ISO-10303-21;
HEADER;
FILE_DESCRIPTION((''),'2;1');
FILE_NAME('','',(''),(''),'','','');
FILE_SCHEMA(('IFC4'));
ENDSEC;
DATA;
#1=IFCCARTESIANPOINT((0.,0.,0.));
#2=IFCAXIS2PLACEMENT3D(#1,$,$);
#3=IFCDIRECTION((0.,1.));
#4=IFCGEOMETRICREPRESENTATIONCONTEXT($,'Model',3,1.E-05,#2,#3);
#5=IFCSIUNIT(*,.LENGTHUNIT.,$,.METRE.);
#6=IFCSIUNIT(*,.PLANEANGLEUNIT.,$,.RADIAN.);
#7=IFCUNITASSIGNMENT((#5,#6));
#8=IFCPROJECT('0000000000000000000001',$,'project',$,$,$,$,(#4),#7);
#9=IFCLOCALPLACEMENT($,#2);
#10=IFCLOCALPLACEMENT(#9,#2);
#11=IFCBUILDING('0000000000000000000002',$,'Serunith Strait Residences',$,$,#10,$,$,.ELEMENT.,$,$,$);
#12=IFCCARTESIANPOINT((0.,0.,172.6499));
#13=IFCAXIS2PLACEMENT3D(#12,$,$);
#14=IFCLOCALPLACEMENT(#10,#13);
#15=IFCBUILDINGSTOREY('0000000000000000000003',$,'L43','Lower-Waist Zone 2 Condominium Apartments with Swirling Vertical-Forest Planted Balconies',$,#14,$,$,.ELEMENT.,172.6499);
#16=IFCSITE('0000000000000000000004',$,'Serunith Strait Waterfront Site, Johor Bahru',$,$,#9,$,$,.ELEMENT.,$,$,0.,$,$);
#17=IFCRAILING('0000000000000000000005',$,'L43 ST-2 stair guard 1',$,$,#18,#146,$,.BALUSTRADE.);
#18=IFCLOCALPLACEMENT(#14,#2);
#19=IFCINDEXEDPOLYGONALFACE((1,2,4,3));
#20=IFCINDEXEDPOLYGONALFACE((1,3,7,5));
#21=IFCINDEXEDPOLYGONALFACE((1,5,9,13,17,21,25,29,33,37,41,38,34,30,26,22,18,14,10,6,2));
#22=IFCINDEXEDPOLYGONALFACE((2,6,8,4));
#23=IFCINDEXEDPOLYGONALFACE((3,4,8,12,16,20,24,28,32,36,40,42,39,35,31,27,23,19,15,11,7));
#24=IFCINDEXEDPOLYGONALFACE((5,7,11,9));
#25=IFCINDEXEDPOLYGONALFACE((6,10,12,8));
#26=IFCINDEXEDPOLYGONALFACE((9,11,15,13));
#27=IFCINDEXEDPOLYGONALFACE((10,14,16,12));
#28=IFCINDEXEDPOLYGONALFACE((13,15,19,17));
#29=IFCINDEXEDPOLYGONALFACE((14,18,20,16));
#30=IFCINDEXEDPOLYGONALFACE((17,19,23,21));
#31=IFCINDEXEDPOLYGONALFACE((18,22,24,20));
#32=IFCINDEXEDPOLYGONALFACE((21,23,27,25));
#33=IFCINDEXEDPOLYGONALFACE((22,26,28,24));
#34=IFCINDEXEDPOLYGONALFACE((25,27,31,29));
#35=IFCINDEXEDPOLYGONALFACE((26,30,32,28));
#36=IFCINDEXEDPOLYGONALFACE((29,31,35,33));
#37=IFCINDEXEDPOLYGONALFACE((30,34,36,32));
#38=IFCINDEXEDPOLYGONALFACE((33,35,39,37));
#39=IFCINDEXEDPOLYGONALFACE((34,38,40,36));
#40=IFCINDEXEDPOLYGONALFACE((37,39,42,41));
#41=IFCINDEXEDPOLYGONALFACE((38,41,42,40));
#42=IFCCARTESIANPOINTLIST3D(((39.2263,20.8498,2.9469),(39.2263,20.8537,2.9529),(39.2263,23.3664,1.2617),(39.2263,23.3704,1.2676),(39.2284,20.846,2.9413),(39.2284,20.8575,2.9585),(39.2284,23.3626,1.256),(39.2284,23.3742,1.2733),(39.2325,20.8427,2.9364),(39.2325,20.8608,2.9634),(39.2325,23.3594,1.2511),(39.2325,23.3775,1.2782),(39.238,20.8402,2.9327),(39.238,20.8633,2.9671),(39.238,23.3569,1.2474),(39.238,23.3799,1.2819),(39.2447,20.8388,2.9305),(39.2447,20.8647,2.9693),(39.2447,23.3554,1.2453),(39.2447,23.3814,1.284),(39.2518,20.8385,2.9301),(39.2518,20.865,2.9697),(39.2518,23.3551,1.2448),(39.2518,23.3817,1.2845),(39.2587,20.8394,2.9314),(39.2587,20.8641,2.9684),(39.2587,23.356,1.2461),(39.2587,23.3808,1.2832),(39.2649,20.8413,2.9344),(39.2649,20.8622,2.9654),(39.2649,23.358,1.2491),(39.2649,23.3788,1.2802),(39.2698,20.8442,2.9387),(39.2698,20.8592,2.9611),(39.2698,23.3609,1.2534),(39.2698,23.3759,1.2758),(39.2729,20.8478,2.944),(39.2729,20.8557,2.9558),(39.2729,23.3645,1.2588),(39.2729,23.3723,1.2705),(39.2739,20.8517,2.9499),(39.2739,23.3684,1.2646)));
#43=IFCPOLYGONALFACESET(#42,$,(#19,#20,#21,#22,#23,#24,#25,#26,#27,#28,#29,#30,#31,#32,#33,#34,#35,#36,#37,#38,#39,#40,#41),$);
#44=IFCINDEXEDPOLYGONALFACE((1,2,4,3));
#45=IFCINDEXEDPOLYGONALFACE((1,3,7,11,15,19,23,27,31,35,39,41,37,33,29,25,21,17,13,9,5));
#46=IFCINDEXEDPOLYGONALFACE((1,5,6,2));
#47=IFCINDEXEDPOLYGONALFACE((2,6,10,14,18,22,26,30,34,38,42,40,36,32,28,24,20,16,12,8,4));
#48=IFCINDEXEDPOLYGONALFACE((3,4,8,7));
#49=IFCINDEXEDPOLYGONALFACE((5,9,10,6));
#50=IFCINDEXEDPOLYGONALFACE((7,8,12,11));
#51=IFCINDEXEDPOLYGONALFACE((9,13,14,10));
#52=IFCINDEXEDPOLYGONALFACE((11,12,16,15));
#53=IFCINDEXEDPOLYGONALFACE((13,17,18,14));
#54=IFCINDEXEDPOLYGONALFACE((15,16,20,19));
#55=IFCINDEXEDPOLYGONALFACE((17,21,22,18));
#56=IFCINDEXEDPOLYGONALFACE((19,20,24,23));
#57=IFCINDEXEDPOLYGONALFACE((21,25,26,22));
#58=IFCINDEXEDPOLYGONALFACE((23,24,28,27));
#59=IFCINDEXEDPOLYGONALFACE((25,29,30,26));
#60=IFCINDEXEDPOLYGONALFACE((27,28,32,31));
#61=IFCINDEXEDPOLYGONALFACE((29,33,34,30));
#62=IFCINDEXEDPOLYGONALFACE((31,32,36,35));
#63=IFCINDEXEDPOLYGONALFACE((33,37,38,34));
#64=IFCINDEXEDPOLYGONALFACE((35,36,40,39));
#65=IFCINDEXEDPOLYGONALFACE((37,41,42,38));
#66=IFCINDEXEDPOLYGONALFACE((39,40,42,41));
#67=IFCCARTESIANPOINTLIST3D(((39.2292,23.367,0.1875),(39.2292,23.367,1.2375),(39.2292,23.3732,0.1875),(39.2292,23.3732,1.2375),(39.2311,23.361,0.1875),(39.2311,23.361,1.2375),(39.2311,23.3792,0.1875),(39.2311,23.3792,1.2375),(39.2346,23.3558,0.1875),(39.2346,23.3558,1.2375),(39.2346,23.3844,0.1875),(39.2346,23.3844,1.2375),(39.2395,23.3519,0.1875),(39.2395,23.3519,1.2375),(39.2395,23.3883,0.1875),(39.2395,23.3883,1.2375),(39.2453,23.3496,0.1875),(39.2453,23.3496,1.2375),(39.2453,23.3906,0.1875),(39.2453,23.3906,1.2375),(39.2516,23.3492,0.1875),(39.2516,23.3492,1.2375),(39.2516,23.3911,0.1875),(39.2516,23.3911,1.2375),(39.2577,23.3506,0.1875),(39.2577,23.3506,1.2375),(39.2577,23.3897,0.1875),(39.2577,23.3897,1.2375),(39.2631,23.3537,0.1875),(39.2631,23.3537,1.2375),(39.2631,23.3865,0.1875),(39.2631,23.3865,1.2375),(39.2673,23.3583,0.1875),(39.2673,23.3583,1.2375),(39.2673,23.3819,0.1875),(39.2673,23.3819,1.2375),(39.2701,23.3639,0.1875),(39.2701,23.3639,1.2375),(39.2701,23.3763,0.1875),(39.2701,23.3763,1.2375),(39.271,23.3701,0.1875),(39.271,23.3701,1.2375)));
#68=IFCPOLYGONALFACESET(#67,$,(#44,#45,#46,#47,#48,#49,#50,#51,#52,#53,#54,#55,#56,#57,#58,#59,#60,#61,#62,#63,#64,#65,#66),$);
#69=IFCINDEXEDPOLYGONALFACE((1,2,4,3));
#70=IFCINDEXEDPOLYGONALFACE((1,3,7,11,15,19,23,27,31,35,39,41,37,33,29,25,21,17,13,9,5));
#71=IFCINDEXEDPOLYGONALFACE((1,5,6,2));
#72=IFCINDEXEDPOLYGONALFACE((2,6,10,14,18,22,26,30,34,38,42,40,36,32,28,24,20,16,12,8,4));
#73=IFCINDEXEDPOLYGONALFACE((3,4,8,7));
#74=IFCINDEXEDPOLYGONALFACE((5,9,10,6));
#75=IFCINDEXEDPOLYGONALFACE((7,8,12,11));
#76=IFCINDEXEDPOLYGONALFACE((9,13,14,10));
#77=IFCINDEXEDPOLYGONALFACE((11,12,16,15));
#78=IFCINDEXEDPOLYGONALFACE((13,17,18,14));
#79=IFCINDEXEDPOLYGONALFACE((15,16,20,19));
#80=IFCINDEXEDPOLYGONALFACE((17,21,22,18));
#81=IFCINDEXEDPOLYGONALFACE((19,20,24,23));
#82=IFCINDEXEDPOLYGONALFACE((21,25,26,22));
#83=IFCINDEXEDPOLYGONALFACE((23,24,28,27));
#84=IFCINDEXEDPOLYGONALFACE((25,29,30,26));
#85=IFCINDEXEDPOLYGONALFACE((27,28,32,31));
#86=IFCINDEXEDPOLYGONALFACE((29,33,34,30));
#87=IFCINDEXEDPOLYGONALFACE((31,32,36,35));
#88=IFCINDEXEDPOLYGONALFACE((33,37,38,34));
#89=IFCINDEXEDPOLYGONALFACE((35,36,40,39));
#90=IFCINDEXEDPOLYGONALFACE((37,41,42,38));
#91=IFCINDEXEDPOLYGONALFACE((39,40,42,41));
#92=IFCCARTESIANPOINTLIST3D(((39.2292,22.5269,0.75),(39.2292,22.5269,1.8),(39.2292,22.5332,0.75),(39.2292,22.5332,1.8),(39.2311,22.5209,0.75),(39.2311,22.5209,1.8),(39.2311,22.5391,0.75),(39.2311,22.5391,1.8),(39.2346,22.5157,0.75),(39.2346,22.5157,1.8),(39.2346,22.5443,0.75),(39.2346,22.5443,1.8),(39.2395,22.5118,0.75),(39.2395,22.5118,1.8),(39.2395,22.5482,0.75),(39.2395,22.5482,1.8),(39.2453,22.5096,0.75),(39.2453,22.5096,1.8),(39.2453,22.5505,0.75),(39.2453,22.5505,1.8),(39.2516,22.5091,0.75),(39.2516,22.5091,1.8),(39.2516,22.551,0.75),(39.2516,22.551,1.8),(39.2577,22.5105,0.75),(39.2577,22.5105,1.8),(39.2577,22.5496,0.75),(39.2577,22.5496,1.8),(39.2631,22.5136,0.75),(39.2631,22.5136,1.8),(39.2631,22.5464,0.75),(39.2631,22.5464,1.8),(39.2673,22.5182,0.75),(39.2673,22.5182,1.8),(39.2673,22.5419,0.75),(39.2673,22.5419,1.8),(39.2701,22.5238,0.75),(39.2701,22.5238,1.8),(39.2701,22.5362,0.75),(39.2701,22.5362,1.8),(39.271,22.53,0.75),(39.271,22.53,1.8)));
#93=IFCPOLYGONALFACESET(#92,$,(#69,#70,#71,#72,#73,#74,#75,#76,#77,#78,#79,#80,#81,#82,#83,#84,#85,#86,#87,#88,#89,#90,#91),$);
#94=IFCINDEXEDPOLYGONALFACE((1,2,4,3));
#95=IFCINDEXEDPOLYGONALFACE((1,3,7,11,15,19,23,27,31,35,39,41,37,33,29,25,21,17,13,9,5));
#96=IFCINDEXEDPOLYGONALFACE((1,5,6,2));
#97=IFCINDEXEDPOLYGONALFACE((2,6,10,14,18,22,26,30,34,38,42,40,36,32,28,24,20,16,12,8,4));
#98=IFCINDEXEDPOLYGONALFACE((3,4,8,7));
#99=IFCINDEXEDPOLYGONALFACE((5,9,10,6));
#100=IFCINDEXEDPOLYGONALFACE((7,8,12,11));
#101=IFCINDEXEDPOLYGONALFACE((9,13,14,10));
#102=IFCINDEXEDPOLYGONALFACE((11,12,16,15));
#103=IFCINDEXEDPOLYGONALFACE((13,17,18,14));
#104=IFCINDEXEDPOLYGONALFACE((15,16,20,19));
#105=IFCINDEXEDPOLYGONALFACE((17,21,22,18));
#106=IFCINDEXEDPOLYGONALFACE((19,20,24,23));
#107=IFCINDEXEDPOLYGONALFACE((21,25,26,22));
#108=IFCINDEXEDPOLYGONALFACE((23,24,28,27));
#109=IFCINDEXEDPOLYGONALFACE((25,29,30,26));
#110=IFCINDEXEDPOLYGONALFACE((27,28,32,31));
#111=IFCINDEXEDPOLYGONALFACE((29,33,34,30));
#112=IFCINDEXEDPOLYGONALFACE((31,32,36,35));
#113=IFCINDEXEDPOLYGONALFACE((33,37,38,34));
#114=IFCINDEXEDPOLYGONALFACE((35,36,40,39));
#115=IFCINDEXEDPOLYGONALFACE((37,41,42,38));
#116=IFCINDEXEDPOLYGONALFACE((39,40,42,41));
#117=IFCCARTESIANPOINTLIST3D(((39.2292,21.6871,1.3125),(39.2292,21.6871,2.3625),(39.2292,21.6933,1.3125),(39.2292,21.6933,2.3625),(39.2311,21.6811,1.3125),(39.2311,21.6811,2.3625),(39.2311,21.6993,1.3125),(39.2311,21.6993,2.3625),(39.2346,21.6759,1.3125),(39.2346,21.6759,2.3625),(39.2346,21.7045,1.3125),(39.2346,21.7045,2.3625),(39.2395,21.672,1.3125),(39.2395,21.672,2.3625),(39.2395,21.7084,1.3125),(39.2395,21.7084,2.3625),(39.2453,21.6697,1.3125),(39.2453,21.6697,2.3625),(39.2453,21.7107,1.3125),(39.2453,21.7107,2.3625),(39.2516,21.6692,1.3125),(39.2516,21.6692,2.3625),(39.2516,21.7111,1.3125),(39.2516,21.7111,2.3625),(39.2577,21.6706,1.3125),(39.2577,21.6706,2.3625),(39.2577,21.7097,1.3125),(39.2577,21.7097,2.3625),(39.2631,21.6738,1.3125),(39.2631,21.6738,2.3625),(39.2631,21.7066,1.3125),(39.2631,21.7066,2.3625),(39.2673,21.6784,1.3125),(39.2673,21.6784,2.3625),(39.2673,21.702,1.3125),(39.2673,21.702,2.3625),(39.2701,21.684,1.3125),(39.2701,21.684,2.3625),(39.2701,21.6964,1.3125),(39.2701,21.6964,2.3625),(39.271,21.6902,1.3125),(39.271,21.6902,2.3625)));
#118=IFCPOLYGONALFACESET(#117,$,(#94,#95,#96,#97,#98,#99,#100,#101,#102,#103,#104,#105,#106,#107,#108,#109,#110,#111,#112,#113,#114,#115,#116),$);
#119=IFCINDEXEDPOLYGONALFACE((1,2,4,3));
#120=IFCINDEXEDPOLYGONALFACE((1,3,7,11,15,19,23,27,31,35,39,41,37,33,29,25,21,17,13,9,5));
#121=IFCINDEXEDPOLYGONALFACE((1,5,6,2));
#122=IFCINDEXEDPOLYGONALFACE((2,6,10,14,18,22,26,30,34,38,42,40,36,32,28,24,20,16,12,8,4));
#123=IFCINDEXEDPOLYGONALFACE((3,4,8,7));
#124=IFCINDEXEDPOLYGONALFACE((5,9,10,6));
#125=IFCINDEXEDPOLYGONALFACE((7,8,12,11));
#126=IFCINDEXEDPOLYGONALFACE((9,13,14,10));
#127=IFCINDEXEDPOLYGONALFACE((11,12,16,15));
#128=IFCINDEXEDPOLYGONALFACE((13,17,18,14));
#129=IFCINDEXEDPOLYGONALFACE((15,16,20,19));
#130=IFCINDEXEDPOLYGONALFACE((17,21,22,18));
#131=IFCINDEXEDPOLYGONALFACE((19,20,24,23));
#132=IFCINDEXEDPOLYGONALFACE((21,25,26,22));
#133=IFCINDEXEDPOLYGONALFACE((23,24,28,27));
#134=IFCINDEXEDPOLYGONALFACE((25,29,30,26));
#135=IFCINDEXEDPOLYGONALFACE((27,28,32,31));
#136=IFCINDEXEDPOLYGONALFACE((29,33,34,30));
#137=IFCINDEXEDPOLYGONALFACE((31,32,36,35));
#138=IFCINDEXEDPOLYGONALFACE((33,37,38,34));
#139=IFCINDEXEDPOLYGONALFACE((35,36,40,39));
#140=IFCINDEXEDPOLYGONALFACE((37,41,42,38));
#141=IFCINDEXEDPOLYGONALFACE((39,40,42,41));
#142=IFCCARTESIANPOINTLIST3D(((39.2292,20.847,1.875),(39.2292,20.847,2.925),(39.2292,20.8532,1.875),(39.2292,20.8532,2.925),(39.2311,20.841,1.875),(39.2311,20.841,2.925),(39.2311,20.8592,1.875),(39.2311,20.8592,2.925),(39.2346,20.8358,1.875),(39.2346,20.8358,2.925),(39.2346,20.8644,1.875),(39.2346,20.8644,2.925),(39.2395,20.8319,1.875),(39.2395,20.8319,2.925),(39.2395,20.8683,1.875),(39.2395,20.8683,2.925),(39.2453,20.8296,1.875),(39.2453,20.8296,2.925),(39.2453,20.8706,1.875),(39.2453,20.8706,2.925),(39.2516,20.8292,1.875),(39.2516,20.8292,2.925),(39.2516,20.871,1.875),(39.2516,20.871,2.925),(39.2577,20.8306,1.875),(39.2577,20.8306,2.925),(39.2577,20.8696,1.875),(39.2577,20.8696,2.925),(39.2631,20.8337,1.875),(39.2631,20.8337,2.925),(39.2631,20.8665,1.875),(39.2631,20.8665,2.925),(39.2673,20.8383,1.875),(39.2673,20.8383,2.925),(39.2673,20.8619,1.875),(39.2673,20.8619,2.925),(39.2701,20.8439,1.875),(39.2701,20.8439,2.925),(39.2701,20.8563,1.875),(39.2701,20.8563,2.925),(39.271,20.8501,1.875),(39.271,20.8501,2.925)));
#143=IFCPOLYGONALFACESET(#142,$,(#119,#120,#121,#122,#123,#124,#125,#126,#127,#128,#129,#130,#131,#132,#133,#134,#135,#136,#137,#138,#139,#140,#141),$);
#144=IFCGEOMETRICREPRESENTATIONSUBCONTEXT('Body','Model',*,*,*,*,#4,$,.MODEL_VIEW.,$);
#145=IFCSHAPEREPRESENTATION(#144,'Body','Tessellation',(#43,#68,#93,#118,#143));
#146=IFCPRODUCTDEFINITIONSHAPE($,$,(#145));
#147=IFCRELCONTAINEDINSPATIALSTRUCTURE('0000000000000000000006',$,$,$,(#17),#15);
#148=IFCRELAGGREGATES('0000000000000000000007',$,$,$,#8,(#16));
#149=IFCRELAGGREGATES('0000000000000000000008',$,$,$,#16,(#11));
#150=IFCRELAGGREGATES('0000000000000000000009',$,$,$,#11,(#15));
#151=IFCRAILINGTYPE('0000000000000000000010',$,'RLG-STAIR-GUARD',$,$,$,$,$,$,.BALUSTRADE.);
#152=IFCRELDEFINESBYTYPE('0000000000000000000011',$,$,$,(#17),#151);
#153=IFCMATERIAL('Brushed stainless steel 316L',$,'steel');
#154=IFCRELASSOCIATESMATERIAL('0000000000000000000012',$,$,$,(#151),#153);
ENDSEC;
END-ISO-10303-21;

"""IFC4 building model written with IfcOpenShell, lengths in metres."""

from ifc_helpers import new_model, si_unit, direction, frame, origin, origin_2d, place, context, subcontext, project, spatial, circle, extrude, material, type_object, element, save


model = new_model("IFC4")

# Units and contexts
model_context = context("Model", 3, precision=1e-05, world=origin(), true_north=direction((0.0, 1.0)))
body_context = subcontext(model_context, "Body", "Model", "MODEL_VIEW")
ifc_project = project(units=[si_unit("LENGTHUNIT", "METRE"), si_unit("PLANEANGLEUNIT", "RADIAN")], contexts=[model_context])

# Site, building, storey
site_placement = place(None, origin())
site = spatial("IfcSite", under=ifc_project, at=site_placement, Name="Serunith Strait Waterfront Site, Johor Bahru", CompositionType="ELEMENT", RefElevation=0.0)
building_placement = place(site_placement, origin())
building = spatial("IfcBuilding", under=site, at=building_placement, Name="Serunith Strait Residences", CompositionType="ELEMENT")
storey_placement = place(building_placement, frame((0.0, 0.0, 172.6499)))
storey = spatial("IfcBuildingStorey", under=building, at=storey_placement, Name="L43", Description="Lower-Waist Zone 2 Condominium Apartments with Swirling Vertical-Forest Planted Balconies", CompositionType="ELEMENT", Elevation=172.6499)

# Railing
ifc_material_1 = material(Name="Brushed stainless steel 316L", Category="steel")
railing_type_1 = type_object("IfcRailingType", Name="RLG-STAIR-GUARD", PredefinedType="BALUSTRADE", material=ifc_material_1)
railing_1_placement = place(storey_placement, frame((39.25, 23.3701, 0.1875)))
element("IfcRailing", 1, at=railing_1_placement, inside=storey, type_object=railing_type_1, Name="L43 ST-2 stair guard 1", PredefinedType="BALUSTRADE", context=body_context, shape_type="SweptSolid", body=[
    extrude(circle(Radius=0.0239, at=origin_2d()), frame((0.0, -0.0017, 1.0771), z_axis=(0.0, -0.830909, 0.556408), x_axis=(1.0, 0.0, 0.0)), (0.0, 0.0, 1.0), 3.0288),
    extrude(circle(Radius=0.021, at=origin_2d()), origin(), (0.0, 0.0, 1.0), 1.05),
    extrude(circle(Radius=0.021, at=origin_2d()), frame((0.0, -0.8401, 0.5625)), (0.0, 0.0, 1.0), 1.05),
    extrude(circle(Radius=0.021, at=origin_2d()), frame((0.0, -1.6799, 1.125)), (0.0, 0.0, 1.0), 1.05),
    extrude(circle(Radius=0.021, at=origin_2d()), frame((0.0, -2.52, 1.6875)), (0.0, 0.0, 1.0), 1.05),
])

save(model, "model.ifc")
